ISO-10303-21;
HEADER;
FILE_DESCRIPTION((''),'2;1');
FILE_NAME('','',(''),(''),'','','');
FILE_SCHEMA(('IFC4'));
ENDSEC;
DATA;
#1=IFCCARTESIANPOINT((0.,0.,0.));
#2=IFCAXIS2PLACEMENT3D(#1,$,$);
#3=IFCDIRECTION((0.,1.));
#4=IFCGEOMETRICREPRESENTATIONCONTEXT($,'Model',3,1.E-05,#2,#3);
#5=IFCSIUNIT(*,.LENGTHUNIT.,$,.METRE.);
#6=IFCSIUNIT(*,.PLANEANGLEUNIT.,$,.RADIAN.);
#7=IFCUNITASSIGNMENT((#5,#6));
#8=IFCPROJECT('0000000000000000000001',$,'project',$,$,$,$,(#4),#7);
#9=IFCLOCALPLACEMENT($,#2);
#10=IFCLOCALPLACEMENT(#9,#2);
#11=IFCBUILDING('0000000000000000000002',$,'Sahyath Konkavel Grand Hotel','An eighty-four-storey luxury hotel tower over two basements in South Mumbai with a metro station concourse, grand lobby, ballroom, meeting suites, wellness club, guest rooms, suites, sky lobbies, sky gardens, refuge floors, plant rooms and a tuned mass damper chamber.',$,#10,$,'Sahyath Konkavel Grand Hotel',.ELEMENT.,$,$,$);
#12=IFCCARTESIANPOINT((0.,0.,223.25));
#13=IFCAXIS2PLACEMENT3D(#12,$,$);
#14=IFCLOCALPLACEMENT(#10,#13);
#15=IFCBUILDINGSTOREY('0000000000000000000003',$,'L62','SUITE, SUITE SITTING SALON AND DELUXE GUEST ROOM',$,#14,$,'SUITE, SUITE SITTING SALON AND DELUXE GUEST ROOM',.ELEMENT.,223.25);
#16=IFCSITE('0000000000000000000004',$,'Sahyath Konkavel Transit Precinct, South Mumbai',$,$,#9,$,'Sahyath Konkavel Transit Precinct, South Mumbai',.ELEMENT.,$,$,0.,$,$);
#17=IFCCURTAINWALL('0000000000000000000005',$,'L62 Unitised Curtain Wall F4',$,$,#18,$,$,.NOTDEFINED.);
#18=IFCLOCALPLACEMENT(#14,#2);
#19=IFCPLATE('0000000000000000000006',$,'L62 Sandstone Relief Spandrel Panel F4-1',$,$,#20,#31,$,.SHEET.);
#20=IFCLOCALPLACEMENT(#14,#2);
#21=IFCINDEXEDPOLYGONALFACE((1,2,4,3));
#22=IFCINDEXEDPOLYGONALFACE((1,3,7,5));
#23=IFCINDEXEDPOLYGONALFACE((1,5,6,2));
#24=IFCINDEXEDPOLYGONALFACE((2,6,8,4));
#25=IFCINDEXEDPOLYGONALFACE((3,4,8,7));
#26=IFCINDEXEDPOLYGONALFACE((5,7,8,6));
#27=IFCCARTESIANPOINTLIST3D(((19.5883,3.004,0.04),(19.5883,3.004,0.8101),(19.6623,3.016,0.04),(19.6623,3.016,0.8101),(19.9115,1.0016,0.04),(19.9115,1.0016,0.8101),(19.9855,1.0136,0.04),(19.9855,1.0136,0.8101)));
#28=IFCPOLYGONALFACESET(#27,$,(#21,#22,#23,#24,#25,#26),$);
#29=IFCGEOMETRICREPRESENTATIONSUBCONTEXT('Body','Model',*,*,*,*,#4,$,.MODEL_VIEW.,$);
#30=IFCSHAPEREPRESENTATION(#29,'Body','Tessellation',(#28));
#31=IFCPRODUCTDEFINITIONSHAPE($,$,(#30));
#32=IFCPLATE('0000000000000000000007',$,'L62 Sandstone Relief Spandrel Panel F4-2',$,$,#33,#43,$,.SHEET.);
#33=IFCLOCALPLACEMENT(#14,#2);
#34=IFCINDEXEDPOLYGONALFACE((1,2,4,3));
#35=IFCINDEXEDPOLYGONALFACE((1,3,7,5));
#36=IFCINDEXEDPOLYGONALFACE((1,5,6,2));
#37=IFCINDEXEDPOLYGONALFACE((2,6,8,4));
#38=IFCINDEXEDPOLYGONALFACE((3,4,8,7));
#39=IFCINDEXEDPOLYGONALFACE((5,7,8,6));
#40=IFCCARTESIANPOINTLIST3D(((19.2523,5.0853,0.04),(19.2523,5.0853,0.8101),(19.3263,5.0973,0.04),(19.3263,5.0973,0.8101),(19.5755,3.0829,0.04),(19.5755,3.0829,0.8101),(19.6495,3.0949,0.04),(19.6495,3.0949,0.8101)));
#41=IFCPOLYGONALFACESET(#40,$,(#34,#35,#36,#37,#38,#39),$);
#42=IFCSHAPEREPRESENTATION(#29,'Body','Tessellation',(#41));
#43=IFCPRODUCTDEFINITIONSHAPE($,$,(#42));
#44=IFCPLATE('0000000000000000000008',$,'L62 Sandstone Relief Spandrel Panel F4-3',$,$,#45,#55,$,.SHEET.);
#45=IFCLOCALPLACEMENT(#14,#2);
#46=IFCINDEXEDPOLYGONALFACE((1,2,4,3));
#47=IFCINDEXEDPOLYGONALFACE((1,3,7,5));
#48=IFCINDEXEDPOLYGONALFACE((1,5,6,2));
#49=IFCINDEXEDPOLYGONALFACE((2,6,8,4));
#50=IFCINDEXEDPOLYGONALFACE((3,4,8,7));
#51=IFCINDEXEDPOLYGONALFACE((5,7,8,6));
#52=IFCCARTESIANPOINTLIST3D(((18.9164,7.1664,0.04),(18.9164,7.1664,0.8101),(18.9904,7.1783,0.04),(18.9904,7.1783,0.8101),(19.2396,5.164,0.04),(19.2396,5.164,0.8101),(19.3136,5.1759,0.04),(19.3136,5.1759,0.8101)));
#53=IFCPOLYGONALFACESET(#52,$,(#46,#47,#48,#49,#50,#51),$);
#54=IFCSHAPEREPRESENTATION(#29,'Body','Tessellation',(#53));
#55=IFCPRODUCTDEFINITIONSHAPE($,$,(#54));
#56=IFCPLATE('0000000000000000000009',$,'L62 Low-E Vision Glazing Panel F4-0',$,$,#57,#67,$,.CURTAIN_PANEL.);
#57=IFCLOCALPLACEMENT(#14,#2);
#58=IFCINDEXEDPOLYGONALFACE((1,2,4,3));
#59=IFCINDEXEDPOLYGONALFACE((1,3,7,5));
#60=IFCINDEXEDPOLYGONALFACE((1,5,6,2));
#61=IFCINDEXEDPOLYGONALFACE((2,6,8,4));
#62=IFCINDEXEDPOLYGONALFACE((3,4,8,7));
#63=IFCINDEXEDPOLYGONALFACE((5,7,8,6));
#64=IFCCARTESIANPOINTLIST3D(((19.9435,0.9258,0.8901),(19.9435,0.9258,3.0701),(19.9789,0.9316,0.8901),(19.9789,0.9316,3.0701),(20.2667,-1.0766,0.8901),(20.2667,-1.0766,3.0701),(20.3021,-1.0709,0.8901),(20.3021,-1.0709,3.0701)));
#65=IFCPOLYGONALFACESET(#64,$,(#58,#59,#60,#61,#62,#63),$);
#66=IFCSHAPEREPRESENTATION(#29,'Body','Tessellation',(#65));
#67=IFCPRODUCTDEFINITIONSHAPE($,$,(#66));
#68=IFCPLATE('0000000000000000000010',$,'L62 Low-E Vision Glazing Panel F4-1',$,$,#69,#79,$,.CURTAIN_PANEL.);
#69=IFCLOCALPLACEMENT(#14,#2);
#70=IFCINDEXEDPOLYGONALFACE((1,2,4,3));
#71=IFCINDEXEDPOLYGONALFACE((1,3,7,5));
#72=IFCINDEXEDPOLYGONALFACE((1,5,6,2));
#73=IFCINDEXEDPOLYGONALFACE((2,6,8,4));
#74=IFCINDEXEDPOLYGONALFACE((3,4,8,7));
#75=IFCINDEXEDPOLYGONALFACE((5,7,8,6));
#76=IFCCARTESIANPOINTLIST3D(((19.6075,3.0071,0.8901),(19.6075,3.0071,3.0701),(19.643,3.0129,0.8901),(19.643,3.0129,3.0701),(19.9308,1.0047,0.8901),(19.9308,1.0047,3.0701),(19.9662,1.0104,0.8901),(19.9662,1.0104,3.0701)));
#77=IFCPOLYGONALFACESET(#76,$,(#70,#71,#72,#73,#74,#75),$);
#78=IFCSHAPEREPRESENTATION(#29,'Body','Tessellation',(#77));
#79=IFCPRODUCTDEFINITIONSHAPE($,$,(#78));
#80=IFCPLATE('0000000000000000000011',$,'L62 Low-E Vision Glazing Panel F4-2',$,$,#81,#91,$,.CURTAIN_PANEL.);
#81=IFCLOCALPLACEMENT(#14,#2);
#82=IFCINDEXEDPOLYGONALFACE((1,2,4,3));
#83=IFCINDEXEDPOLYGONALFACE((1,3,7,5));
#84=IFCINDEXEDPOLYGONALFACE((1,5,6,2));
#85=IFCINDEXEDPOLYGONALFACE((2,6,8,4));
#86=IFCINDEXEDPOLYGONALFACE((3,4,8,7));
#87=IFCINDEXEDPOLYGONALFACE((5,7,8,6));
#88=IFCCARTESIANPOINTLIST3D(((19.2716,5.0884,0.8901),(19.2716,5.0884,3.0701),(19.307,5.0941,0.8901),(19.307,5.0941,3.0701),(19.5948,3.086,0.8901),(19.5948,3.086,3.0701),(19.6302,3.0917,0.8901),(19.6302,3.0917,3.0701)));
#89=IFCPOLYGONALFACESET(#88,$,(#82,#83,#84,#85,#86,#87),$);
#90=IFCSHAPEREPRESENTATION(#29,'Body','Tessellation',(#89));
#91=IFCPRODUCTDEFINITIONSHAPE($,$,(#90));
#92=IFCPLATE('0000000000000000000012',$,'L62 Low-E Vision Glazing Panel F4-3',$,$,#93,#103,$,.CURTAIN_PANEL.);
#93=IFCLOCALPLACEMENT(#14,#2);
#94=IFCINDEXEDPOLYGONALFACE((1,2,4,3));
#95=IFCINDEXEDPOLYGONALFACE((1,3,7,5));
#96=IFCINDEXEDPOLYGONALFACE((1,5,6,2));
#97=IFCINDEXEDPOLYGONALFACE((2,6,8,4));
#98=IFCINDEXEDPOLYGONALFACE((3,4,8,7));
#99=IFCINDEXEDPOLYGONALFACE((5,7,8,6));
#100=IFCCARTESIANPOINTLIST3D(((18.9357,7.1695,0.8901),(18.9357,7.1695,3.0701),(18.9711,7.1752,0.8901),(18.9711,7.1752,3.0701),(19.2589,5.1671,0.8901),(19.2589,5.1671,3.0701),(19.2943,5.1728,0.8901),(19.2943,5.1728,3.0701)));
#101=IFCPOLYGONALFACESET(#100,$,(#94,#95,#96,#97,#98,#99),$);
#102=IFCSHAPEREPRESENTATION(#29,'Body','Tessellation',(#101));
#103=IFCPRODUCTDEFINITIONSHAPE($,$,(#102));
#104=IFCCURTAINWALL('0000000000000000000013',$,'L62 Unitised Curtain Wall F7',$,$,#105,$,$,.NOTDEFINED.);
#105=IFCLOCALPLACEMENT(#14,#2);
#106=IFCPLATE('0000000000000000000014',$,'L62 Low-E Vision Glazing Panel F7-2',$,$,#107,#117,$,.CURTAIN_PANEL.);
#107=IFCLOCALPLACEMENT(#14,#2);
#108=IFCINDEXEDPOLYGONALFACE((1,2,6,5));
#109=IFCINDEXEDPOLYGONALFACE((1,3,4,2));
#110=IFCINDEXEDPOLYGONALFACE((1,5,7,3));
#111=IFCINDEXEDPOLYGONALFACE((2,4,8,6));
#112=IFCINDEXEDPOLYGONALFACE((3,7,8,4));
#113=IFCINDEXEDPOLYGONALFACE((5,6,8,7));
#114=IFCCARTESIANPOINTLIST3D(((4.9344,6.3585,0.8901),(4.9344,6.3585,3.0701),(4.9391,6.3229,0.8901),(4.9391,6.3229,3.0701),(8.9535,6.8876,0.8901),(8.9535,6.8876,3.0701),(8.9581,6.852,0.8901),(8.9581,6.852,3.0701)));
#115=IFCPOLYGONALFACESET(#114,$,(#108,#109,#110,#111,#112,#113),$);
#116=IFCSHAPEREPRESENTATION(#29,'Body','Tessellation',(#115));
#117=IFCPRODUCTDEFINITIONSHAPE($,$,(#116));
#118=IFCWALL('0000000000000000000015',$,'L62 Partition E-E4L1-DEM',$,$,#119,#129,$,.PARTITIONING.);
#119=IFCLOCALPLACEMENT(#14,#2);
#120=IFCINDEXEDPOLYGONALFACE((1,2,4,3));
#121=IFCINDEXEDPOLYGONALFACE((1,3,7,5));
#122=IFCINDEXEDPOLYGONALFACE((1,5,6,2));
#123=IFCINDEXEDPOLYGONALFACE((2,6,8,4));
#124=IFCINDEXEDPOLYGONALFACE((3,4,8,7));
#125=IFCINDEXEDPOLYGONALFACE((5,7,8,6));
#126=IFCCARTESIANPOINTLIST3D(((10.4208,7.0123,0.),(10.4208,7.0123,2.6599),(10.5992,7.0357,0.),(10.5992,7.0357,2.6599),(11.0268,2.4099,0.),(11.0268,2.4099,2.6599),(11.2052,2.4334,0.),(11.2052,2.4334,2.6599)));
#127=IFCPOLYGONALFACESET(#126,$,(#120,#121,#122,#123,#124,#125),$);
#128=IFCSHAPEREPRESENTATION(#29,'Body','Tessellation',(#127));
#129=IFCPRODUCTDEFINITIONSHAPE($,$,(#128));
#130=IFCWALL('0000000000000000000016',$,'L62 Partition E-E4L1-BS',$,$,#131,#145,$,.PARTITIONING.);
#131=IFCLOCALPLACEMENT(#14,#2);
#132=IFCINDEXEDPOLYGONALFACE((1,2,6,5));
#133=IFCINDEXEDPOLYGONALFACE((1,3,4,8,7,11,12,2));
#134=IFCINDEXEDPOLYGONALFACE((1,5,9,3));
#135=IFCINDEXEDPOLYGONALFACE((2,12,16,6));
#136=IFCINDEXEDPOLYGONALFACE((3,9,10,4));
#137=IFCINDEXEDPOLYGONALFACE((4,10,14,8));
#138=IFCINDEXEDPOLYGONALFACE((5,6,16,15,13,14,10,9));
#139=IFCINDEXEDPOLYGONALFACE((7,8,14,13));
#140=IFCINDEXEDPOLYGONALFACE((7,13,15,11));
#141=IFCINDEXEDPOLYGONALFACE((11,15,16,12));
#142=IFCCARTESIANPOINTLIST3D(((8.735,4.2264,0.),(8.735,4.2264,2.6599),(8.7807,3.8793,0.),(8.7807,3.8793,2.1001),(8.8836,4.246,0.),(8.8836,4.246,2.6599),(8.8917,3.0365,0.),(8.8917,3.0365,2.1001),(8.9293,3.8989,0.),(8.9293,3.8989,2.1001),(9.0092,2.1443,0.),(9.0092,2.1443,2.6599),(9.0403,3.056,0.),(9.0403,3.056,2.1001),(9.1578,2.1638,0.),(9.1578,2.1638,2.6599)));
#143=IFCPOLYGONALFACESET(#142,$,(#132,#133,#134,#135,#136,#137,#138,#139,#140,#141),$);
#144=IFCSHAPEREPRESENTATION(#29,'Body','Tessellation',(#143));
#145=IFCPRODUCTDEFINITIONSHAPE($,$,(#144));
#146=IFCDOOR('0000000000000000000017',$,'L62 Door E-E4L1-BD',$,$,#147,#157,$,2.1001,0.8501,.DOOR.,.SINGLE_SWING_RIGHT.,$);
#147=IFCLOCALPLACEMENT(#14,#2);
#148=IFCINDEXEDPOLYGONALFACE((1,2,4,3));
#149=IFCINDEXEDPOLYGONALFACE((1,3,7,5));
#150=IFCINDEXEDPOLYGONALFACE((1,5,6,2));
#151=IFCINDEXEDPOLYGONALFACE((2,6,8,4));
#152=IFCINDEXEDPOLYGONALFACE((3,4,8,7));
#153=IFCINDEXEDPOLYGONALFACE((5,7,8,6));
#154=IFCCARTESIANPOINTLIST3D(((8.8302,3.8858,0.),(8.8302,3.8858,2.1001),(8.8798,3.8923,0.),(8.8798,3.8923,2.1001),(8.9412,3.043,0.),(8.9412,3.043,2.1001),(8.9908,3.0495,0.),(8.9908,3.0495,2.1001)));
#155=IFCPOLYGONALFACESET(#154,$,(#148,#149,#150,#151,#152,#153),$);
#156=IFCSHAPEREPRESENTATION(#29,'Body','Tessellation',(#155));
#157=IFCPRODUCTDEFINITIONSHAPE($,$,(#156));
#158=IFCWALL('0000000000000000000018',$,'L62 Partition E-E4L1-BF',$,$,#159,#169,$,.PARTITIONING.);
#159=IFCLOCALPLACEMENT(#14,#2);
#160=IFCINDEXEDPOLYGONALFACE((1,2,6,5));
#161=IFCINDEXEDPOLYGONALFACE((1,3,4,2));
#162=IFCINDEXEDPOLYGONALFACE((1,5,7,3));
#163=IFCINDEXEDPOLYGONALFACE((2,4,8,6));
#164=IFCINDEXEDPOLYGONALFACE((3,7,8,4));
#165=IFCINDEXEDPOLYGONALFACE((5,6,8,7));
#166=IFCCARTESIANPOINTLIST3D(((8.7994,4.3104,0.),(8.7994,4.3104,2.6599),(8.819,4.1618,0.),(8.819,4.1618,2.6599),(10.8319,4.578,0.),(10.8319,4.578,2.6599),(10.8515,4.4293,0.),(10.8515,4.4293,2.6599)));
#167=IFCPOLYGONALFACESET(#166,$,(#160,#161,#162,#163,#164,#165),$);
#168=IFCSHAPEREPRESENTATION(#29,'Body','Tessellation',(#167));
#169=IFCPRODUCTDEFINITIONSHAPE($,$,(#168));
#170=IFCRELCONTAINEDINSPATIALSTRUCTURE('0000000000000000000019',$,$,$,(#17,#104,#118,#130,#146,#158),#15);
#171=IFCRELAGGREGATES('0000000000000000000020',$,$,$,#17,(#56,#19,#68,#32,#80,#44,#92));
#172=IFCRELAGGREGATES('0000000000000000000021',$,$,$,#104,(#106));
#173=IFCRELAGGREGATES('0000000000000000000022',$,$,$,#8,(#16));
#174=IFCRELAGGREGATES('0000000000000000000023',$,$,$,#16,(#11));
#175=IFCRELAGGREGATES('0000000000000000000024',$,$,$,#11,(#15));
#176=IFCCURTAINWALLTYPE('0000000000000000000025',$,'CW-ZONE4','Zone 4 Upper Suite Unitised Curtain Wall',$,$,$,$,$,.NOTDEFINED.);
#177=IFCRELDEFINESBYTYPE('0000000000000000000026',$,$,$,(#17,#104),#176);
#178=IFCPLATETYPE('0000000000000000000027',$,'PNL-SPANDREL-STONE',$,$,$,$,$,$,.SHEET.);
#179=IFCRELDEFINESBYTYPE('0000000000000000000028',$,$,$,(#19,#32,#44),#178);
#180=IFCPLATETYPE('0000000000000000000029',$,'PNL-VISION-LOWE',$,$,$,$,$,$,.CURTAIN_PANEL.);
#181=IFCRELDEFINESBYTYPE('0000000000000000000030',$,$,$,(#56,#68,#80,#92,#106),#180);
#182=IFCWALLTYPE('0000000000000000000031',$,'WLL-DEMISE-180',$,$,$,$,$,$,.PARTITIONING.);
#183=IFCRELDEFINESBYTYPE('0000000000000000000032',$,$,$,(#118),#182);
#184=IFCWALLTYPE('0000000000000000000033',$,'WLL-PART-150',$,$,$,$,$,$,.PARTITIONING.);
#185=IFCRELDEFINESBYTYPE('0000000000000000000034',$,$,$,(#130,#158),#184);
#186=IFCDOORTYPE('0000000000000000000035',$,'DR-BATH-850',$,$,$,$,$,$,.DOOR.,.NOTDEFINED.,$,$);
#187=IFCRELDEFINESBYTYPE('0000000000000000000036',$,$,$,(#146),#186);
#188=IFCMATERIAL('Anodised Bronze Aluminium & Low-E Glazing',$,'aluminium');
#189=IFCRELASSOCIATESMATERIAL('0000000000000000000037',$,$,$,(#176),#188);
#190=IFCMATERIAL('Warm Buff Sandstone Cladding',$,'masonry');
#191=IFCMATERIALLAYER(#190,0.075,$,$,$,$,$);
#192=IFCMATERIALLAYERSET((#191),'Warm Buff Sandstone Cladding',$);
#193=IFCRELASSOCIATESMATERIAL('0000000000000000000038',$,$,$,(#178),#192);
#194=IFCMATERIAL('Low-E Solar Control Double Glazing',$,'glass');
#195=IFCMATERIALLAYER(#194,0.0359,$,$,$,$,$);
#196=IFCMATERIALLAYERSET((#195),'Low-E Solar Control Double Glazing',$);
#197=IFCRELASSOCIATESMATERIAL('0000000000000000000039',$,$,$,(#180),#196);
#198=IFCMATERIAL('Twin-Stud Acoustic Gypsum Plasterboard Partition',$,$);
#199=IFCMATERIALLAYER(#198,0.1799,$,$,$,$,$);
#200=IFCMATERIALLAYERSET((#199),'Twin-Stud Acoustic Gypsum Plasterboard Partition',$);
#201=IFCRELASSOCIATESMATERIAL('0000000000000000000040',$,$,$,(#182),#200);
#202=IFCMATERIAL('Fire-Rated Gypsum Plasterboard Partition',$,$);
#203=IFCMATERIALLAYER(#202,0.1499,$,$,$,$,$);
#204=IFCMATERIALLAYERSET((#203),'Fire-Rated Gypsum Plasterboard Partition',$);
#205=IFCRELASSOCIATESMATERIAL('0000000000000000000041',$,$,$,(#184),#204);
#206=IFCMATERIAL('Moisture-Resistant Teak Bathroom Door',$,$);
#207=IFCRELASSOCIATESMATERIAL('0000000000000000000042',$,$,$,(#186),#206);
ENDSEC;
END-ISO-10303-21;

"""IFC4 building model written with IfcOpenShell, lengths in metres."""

from ifc_helpers import new_model, si_unit, direction, frame, frame_2d, origin, origin_2d, place, context, subcontext, project, spatial, rectangle, extrude, source, transform, mapped, material, layer, layer_set, type_object, element, fill, aggregate, save


model = new_model("IFC4")

# Units and contexts
model_context = context("Model", 3, precision=1e-05, world=origin(), true_north=direction((0.0, 1.0)))
body_context = subcontext(model_context, "Body", "Model", "MODEL_VIEW")
ifc_project = project(units=[si_unit("LENGTHUNIT", "METRE"), si_unit("PLANEANGLEUNIT", "RADIAN")], contexts=[model_context])

# Site, building, storey
site_placement = place(None, origin())
site = spatial("IfcSite", under=ifc_project, at=site_placement, Name="Sahyath Konkavel Transit Precinct, South Mumbai", LongName="Sahyath Konkavel Transit Precinct, South Mumbai", CompositionType="ELEMENT", RefElevation=0.0)
building_placement = place(site_placement, origin())
building = spatial("IfcBuilding", under=site, at=building_placement, Name="Sahyath Konkavel Grand Hotel", Description="An eighty-four-storey luxury hotel tower over two basements in South Mumbai with a metro station concourse, grand lobby, ballroom, meeting suites, wellness club, guest rooms, suites, sky lobbies, sky gardens, refuge floors, plant rooms and a tuned mass damper chamber.", LongName="Sahyath Konkavel Grand Hotel", CompositionType="ELEMENT")
storey_placement = place(building_placement, frame((0.0, 0.0, 223.25)))
storey = spatial("IfcBuildingStorey", under=building, at=storey_placement, Name="L62", Description="SUITE, SUITE SITTING SALON AND DELUXE GUEST ROOM", LongName="SUITE, SUITE SITTING SALON AND DELUXE GUEST ROOM", CompositionType="ELEMENT", Elevation=223.25)

# Curtain wall
ifc_material_1 = material(Name="Anodised Bronze Aluminium & Low-E Glazing", Category="aluminium")
curtain_wall_type = type_object("IfcCurtainWallType", Name="CW-ZONE4", Description="Zone 4 Upper Suite Unitised Curtain Wall", PredefinedType="NOTDEFINED", material=ifc_material_1)
curtain_wall_1_placement = place(storey_placement, origin())
curtain_wall_1 = element("IfcCurtainWall", 1, at=curtain_wall_1_placement, inside=storey, type_object=curtain_wall_type, Name="L62 Unitised Curtain Wall F4", PredefinedType="NOTDEFINED")

# Plates
ifc_material_2 = material(Name="Warm Buff Sandstone Cladding", Category="masonry")
ifc_layer_1 = layer(ifc_material_2, 0.075)
ifc_layer_set_1 = layer_set([ifc_layer_1], Name="Warm Buff Sandstone Cladding")
plate_type_1 = type_object("IfcPlateType", Name="PNL-SPANDREL-STONE", PredefinedType="SHEET", material=ifc_layer_set_1)
shared_shape_1 = source(origin(), body_context, "Body", "SweptSolid", [
    extrude(rectangle(XDim=2.0283, YDim=0.075, at=origin_2d()), origin(), (0.0, 0.0, 1.0), 0.77),
])
plate_1_placement = place(storey_placement, frame((19.7869, 2.0088, 0.04), z_axis=(0.0, 0.0, 1.0), x_axis=(-0.159347, 0.987223, 0.0)))
plate_1 = element("IfcPlate", 2, at=plate_1_placement, type_object=plate_type_1, Name="L62 Sandstone Relief Spandrel Panel F4-1", PredefinedType="SHEET", context=body_context, shape_type="MappedRepresentation", body=[
    mapped(shared_shape_1, transform((0.0, 0.0, 0.0), scale=1.0)),
])
plate_2_placement = place(storey_placement, frame((19.4509, 4.0901, 0.04), z_axis=(0.0, 0.0, 1.0), x_axis=(-0.159347, 0.987223, 0.0)))
plate_2 = element("IfcPlate", 3, at=plate_2_placement, type_object=plate_type_1, Name="L62 Sandstone Relief Spandrel Panel F4-2", PredefinedType="SHEET", context=body_context, shape_type="MappedRepresentation", body=[
    mapped(shared_shape_1, transform((0.0, 0.0, 0.0), scale=1.0)),
])
plate_3_placement = place(storey_placement, frame((19.115, 6.1711, 0.04), z_axis=(0.0, 0.0, 1.0), x_axis=(-0.159347, 0.987223, 0.0)))
plate_3 = element("IfcPlate", 4, at=plate_3_placement, type_object=plate_type_1, Name="L62 Sandstone Relief Spandrel Panel F4-3", PredefinedType="SHEET", context=body_context, shape_type="MappedRepresentation", body=[
    mapped(shared_shape_1, transform((0.0, 0.0, 0.0), scale=1.0)),
])
ifc_material_3 = material(Name="Low-E Solar Control Double Glazing", Category="glass")
ifc_layer_2 = layer(ifc_material_3, 0.0359)
ifc_layer_set_2 = layer_set([ifc_layer_2], Name="Low-E Solar Control Double Glazing")
plate_type_2 = type_object("IfcPlateType", Name="PNL-VISION-LOWE", PredefinedType="CURTAIN_PANEL", material=ifc_layer_set_2)
shared_shape_2 = source(origin(), body_context, "Body", "SweptSolid", [
    extrude(rectangle(XDim=2.0283, YDim=0.0359, at=origin_2d()), origin(), (0.0, 0.0, 1.0), 2.1799),
])
plate_4_placement = place(storey_placement, frame((20.1228, -0.0725, 0.8901), z_axis=(0.0, 0.0, 1.0), x_axis=(-0.159347, 0.987223, 0.0)))
plate_4 = element("IfcPlate", 5, at=plate_4_placement, type_object=plate_type_2, Name="L62 Low-E Vision Glazing Panel F4-0", PredefinedType="CURTAIN_PANEL", context=body_context, shape_type="MappedRepresentation", body=[
    mapped(shared_shape_2, transform((0.0, 0.0, 0.0), scale=1.0)),
])
plate_5_placement = place(storey_placement, frame((19.7869, 2.0088, 0.8901), z_axis=(0.0, 0.0, 1.0), x_axis=(-0.159347, 0.987223, 0.0)))
plate_5 = element("IfcPlate", 6, at=plate_5_placement, type_object=plate_type_2, Name="L62 Low-E Vision Glazing Panel F4-1", PredefinedType="CURTAIN_PANEL", context=body_context, shape_type="MappedRepresentation", body=[
    mapped(shared_shape_2, transform((0.0, 0.0, 0.0), scale=1.0)),
])
plate_6_placement = place(storey_placement, frame((19.4509, 4.0901, 0.8901), z_axis=(0.0, 0.0, 1.0), x_axis=(-0.159347, 0.987223, 0.0)))
plate_6 = element("IfcPlate", 7, at=plate_6_placement, type_object=plate_type_2, Name="L62 Low-E Vision Glazing Panel F4-2", PredefinedType="CURTAIN_PANEL", context=body_context, shape_type="MappedRepresentation", body=[
    mapped(shared_shape_2, transform((0.0, 0.0, 0.0), scale=1.0)),
])
plate_7_placement = place(storey_placement, frame((19.115, 6.1711, 0.8901), z_axis=(0.0, 0.0, 1.0), x_axis=(-0.159347, 0.987223, 0.0)))
plate_7 = element("IfcPlate", 8, at=plate_7_placement, type_object=plate_type_2, Name="L62 Low-E Vision Glazing Panel F4-3", PredefinedType="CURTAIN_PANEL", context=body_context, shape_type="MappedRepresentation", body=[
    mapped(shared_shape_2, transform((0.0, 0.0, 0.0), scale=1.0)),
])
aggregate(curtain_wall_1, [plate_4, plate_1, plate_5, plate_2, plate_6, plate_3, plate_7])

# Curtain wall, plate
curtain_wall_2_placement = place(storey_placement, origin())
curtain_wall_2 = element("IfcCurtainWall", 9, at=curtain_wall_2_placement, inside=storey, type_object=curtain_wall_type, Name="L62 Unitised Curtain Wall F7", PredefinedType="NOTDEFINED")
shared_shape_3 = source(origin(), body_context, "Body", "SweptSolid", [
    extrude(rectangle(XDim=4.0537, YDim=0.0359, at=origin_2d()), origin(), (0.0, 0.0, 1.0), 2.1799),
])
plate_8_placement = place(storey_placement, frame((6.9463, 6.6052, 0.8901), z_axis=(0.0, 0.0, 1.0), x_axis=(-0.991445, -0.130526, 0.0)))
plate_8 = element("IfcPlate", 10, at=plate_8_placement, type_object=plate_type_2, Name="L62 Low-E Vision Glazing Panel F7-2", PredefinedType="CURTAIN_PANEL", context=body_context, shape_type="MappedRepresentation", body=[
    mapped(shared_shape_3, transform((0.0, 0.0, 0.0), scale=1.0)),
])
aggregate(curtain_wall_2, [plate_8])

# Wall
ifc_material_4 = material(Name="Twin-Stud Acoustic Gypsum Plasterboard Partition")
ifc_layer_3 = layer(ifc_material_4, 0.1799)
ifc_layer_set_3 = layer_set([ifc_layer_3], Name="Twin-Stud Acoustic Gypsum Plasterboard Partition")
wall_type_1 = type_object("IfcWallType", Name="WLL-DEMISE-180", PredefinedType="PARTITIONING", material=ifc_layer_set_3)
wall_1_placement = place(storey_placement, frame((11.116, 2.4216, 0.0), z_axis=(0.0, 0.0, 1.0), x_axis=(-0.130538, 0.991443, 0.0)))
element("IfcWall", 11, at=wall_1_placement, inside=storey, type_object=wall_type_1, Name="L62 Partition E-E4L1-DEM", PredefinedType="PARTITIONING", context=body_context, shape_type="SweptSolid", body=[
    extrude(rectangle(XDim=4.6421, YDim=0.1799, at=frame_2d((2.321, 0.0))), origin(), (0.0, 0.0, 1.0), 2.6599),
])

# Wall, opening, door
ifc_material_5 = material(Name="Fire-Rated Gypsum Plasterboard Partition")
ifc_layer_4 = layer(ifc_material_5, 0.1499)
ifc_layer_set_4 = layer_set([ifc_layer_4], Name="Fire-Rated Gypsum Plasterboard Partition")
wall_type_2 = type_object("IfcWallType", Name="WLL-PART-150", PredefinedType="PARTITIONING", material=ifc_layer_set_4)
wall_2_placement = place(storey_placement, frame((9.0835, 2.1541, 0.0), z_axis=(0.0, 0.0, 1.0), x_axis=(-0.130557, 0.991441, 0.0)))
wall_2 = element("IfcWall", 12, at=wall_2_placement, inside=storey, type_object=wall_type_2, Name="L62 Partition E-E4L1-BS", PredefinedType="PARTITIONING", context=body_context, shape_type="SweptSolid", body=[
    extrude(rectangle(XDim=2.1001, YDim=0.1499, at=frame_2d((1.05, 0.0))), origin(), (0.0, 0.0, 1.0), 2.6599),
])
opening_1_placement = place(wall_2_placement, frame((0.8999, 0.0, 0.0)))
opening_1 = element("IfcOpeningElement", 13, at=opening_1_placement, cuts=wall_2, PredefinedType="OPENING", context=body_context, shape_type="SweptSolid", body=[
    extrude(rectangle(XDim=0.8501, YDim=2.1001, at=frame_2d((0.425, 1.05))), frame((0.0, 0.085, 0.0), z_axis=(0.0, -1.0, 0.0), x_axis=(1.0, 0.0, 0.0)), (0.0, 0.0, 1.0), 0.1699),
])
ifc_material_6 = material(Name="Moisture-Resistant Teak Bathroom Door")
door_type = type_object("IfcDoorType", Name="DR-BATH-850", OperationType="NOTDEFINED", PredefinedType="DOOR", material=ifc_material_6)
shared_shape_4 = source(origin(), body_context, "Body", "SweptSolid", [
    extrude(rectangle(XDim=0.8501, YDim=0.05, at=origin_2d()), origin(), (0.0, 0.0, 1.0), 2.1001),
])
door_1_placement = place(opening_1_placement, frame((0.425, 0.0, 0.0)))
door_1 = element("IfcDoor", 14, at=door_1_placement, inside=storey, type_object=door_type, Name="L62 Door E-E4L1-BD", OperationType="SINGLE_SWING_RIGHT", OverallHeight=2.1001, OverallWidth=0.8501, PredefinedType="DOOR", context=body_context, shape_type="MappedRepresentation", body=[
    mapped(shared_shape_4, transform((0.0, 0.0, 0.0), scale=1.0)),
])
fill(opening_1, door_1)

# Wall
wall_3_placement = place(storey_placement, frame((8.8093, 4.2361, 0.0), z_axis=(0.0, 0.0, 1.0), x_axis=(0.991445, 0.130525, 0.0)))
element("IfcWall", 15, at=wall_3_placement, inside=storey, type_object=wall_type_2, Name="L62 Partition E-E4L1-BF", PredefinedType="PARTITIONING", context=body_context, shape_type="SweptSolid", body=[
    extrude(rectangle(XDim=2.05, YDim=0.1499, at=frame_2d((1.0249, 0.0))), origin(), (0.0, 0.0, 1.0), 2.6599),
])

save(model, "model.ifc")
